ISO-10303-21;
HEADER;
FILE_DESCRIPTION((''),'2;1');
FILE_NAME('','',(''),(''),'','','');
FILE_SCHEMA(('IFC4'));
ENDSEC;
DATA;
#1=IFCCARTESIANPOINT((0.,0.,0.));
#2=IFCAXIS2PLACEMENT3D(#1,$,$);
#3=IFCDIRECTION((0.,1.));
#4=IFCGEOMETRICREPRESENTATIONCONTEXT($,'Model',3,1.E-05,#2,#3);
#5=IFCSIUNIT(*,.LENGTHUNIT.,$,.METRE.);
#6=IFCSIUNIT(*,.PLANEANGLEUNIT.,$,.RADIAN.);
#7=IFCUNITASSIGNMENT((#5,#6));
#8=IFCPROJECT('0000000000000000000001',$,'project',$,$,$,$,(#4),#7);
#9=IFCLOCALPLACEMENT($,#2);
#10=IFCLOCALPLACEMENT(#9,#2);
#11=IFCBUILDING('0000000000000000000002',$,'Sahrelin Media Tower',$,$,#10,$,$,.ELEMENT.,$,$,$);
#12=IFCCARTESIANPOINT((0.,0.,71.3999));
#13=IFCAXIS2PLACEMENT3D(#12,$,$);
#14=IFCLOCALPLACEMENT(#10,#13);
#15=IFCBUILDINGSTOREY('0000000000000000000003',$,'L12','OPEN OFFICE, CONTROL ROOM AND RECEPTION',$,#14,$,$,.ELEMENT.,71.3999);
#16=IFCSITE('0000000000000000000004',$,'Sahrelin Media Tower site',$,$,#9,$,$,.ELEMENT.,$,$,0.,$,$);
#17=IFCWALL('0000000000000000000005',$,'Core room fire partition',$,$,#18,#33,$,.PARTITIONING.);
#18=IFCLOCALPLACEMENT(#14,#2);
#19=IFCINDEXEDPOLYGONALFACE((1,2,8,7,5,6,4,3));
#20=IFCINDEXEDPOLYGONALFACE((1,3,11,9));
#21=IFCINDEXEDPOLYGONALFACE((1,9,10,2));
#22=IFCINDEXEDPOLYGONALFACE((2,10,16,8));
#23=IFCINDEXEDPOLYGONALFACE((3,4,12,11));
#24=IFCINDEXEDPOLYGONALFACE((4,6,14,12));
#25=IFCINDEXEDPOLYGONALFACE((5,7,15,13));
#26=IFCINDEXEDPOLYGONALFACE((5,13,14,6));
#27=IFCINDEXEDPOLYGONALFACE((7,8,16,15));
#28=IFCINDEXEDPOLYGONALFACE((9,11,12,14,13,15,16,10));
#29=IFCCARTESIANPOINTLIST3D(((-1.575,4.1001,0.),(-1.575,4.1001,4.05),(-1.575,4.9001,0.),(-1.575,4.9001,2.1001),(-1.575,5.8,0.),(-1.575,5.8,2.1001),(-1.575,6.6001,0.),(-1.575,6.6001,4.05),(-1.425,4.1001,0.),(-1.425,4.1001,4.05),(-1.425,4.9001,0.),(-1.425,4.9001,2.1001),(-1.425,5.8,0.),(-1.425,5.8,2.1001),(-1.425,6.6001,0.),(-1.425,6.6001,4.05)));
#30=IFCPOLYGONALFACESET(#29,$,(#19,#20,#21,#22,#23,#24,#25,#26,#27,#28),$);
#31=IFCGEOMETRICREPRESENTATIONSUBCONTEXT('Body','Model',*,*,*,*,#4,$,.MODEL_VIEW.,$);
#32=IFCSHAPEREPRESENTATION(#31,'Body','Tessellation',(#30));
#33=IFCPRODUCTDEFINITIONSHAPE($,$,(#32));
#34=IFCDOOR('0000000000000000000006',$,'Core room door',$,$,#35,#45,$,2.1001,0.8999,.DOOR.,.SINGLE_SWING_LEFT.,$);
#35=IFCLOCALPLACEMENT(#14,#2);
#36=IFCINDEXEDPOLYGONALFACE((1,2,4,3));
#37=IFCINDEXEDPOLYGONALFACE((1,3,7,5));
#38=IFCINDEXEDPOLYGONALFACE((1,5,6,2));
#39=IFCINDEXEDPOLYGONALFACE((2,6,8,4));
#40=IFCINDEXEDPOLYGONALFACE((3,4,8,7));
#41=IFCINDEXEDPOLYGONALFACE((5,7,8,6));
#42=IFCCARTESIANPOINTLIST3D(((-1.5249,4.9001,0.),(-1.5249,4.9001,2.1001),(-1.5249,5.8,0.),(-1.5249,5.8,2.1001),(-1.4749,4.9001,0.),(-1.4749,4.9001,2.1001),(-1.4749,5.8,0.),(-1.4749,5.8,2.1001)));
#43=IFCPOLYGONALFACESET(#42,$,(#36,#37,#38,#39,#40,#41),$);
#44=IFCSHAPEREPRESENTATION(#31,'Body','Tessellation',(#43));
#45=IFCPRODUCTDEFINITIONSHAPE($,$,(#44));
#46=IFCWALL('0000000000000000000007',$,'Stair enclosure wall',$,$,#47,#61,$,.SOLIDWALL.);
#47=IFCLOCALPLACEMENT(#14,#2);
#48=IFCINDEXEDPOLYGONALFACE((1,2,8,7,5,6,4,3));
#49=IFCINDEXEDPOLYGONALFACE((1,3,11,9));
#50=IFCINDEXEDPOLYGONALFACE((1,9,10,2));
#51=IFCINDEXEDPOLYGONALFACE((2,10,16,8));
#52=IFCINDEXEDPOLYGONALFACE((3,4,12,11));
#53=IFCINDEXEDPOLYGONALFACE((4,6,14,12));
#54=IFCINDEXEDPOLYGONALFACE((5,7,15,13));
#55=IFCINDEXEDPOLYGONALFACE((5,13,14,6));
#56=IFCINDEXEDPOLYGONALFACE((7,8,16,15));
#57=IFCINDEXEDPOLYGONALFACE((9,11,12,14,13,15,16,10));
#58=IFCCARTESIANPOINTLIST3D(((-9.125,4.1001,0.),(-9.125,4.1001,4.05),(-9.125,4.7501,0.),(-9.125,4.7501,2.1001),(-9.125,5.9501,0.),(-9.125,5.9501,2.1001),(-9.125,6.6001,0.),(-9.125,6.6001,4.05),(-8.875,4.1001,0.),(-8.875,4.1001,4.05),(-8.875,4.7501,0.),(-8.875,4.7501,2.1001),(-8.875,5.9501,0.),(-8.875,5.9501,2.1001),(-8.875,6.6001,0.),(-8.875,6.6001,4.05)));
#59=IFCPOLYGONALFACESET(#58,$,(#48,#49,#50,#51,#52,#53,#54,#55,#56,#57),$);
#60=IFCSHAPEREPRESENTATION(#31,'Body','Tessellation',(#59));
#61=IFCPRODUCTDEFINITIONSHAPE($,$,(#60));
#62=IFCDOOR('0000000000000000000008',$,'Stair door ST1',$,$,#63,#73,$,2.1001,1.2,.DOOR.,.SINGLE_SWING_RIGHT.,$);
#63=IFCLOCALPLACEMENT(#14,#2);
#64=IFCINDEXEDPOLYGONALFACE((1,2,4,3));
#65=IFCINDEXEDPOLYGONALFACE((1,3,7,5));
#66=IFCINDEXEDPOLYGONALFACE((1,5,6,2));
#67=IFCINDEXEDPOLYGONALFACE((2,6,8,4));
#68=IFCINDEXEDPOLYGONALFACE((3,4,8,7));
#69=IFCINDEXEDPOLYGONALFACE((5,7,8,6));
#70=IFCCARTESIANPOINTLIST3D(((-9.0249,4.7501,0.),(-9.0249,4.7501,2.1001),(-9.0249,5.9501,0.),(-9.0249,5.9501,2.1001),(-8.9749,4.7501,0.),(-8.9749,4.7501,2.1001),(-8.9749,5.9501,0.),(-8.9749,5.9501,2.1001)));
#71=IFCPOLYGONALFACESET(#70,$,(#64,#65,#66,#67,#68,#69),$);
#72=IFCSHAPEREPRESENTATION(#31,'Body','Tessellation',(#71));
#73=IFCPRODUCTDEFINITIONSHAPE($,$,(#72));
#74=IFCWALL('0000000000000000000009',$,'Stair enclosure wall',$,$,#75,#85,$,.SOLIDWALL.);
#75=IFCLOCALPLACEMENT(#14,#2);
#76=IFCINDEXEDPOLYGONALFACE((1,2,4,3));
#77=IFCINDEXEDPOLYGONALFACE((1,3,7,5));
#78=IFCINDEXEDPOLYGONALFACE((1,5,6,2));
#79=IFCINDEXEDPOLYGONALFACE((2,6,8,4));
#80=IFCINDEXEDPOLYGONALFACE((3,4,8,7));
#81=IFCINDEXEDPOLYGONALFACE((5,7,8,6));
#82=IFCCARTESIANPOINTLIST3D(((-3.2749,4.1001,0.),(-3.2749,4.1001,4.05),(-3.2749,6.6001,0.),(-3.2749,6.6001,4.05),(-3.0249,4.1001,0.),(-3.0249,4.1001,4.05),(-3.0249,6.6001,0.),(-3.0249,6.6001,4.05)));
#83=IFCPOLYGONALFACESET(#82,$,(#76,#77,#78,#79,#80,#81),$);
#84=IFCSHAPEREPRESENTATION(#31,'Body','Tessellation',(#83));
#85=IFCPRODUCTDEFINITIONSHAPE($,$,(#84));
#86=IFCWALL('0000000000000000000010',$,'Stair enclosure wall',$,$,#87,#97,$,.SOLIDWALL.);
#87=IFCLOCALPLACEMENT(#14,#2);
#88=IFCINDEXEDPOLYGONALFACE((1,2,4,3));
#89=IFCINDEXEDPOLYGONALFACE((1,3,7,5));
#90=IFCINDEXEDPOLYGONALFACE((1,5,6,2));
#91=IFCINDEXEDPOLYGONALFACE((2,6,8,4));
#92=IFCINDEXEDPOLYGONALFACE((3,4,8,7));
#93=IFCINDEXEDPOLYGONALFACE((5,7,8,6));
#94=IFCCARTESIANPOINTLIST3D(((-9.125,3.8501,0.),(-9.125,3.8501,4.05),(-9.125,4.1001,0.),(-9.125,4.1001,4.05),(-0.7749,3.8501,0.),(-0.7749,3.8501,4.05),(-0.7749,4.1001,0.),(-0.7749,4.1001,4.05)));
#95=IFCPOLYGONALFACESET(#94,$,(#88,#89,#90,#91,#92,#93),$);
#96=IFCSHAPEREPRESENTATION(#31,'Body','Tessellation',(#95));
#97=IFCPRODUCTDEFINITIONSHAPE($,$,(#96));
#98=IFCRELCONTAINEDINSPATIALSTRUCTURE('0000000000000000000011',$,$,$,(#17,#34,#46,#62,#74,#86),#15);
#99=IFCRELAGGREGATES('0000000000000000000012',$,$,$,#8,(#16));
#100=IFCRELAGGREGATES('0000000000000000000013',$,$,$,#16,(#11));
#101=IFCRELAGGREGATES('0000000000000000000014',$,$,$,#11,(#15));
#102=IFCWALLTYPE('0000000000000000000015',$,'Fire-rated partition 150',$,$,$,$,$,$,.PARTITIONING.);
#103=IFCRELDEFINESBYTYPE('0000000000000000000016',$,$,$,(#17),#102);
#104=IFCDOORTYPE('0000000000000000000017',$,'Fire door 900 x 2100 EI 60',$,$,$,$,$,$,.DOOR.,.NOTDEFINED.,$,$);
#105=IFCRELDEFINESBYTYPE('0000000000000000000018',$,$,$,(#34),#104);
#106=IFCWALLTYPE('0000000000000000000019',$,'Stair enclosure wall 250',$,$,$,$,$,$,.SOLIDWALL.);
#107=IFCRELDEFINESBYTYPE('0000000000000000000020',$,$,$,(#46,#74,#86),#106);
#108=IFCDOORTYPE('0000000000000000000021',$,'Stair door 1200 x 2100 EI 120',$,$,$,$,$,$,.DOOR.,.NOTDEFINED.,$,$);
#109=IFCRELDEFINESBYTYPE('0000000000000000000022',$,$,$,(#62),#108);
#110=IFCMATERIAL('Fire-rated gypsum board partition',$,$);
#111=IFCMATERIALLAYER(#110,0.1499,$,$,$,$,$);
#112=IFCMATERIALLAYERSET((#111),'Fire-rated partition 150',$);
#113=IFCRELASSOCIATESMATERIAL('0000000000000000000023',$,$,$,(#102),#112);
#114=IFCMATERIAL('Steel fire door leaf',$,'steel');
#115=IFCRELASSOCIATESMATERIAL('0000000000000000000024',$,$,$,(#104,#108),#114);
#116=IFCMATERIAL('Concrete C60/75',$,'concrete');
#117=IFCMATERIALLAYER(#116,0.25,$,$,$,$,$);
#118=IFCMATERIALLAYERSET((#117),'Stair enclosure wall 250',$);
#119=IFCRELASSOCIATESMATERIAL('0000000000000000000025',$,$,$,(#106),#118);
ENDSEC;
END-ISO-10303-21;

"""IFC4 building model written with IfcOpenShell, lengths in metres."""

from ifc_helpers import new_model, si_unit, direction, frame, frame_2d, origin, place, context, subcontext, project, spatial, rectangle, extrude, material, layer, layer_set, type_object, element, fill, save


model = new_model("IFC4")

# Units and contexts
model_context = context("Model", 3, precision=1e-05, world=origin(), true_north=direction((0.0, 1.0)))
body_context = subcontext(model_context, "Body", "Model", "MODEL_VIEW")
ifc_project = project(units=[si_unit("LENGTHUNIT", "METRE"), si_unit("PLANEANGLEUNIT", "RADIAN")], contexts=[model_context])

# Site, building, storey
site_placement = place(None, origin())
site = spatial("IfcSite", under=ifc_project, at=site_placement, Name="Sahrelin Media Tower site", CompositionType="ELEMENT", RefElevation=0.0)
building_placement = place(site_placement, origin())
building = spatial("IfcBuilding", under=site, at=building_placement, Name="Sahrelin Media Tower", CompositionType="ELEMENT")
storey_placement = place(building_placement, frame((0.0, 0.0, 71.3999)))
storey = spatial("IfcBuildingStorey", under=building, at=storey_placement, Name="L12", Description="OPEN OFFICE, CONTROL ROOM AND RECEPTION", CompositionType="ELEMENT", Elevation=71.3999)

# Shared definitions
ifc_material_1 = material(Name="Concrete C60/75", Category="concrete")

# Shared definitions
ifc_material_2 = material(Name="Fire-rated gypsum board partition")
ifc_material_3 = material(Name="Steel fire door leaf", Category="steel")

# Walls, openings, doors
ifc_layer_1 = layer(ifc_material_2, 0.1499)
ifc_layer_set_1 = layer_set([ifc_layer_1], Name="Fire-rated partition 150")
wall_type_1 = type_object("IfcWallType", Name="Fire-rated partition 150", PredefinedType="PARTITIONING", material=ifc_layer_set_1)
wall_1_placement = place(storey_placement, frame((-1.5, 4.1001, 0.0), z_axis=(0.0, 0.0, 1.0), x_axis=(0.0, 1.0, 0.0)))
wall_1 = element("IfcWall", 1, at=wall_1_placement, inside=storey, type_object=wall_type_1, Name="Core room fire partition", PredefinedType="PARTITIONING", context=body_context, shape_type="SweptSolid", body=[
    extrude(rectangle(XDim=2.5, YDim=0.1499, at=frame_2d((1.25, 0.0))), origin(), (0.0, 0.0, 1.0), 4.05),
])
opening_1_placement = place(wall_1_placement, frame((0.8, 0.0, 0.0)))
opening_1 = element("IfcOpeningElement", 2, at=opening_1_placement, cuts=wall_1, PredefinedType="OPENING", context=body_context, shape_type="SweptSolid", body=[
    extrude(rectangle(XDim=0.8999, YDim=2.1001, at=frame_2d((0.45, 1.05))), frame((0.0, 0.075, 0.0), z_axis=(0.0, -1.0, 0.0), x_axis=(1.0, 0.0, 0.0)), (0.0, 0.0, 1.0), 0.1499),
])
door_type_1 = type_object("IfcDoorType", Name="Fire door 900 x 2100 EI 60", OperationType="NOTDEFINED", PredefinedType="DOOR", material=ifc_material_3)
door_1_placement = place(opening_1_placement, origin())
door_1 = element("IfcDoor", 3, at=door_1_placement, inside=storey, type_object=door_type_1, Name="Core room door", OperationType="SINGLE_SWING_LEFT", OverallHeight=2.1001, OverallWidth=0.8999, PredefinedType="DOOR", context=body_context, shape_type="SweptSolid", body=[
    extrude(rectangle(XDim=0.8999, YDim=2.1001, at=frame_2d((0.45, 1.05))), frame((0.0, 0.0249, 0.0), z_axis=(0.0, -1.0, 0.0), x_axis=(1.0, 0.0, 0.0)), (0.0, 0.0, 1.0), 0.05),
])
fill(opening_1, door_1)
ifc_layer_2 = layer(ifc_material_1, 0.25)
ifc_layer_set_2 = layer_set([ifc_layer_2], Name="Stair enclosure wall 250")
wall_type_2 = type_object("IfcWallType", Name="Stair enclosure wall 250", PredefinedType="SOLIDWALL", material=ifc_layer_set_2)
wall_2_placement = place(storey_placement, frame((-9.0, 4.1001, 0.0), z_axis=(0.0, 0.0, 1.0), x_axis=(0.0, 1.0, 0.0)))
wall_2 = element("IfcWall", 4, at=wall_2_placement, inside=storey, type_object=wall_type_2, Name="Stair enclosure wall", PredefinedType="SOLIDWALL", context=body_context, shape_type="SweptSolid", body=[
    extrude(rectangle(XDim=2.5, YDim=0.25, at=frame_2d((1.25, 0.0))), origin(), (0.0, 0.0, 1.0), 4.05),
])
opening_2_placement = place(wall_2_placement, frame((0.6499, 0.0, 0.0)))
opening_2 = element("IfcOpeningElement", 5, at=opening_2_placement, cuts=wall_2, PredefinedType="OPENING", context=body_context, shape_type="SweptSolid", body=[
    extrude(rectangle(XDim=1.2, YDim=2.1001, at=frame_2d((0.6001, 1.05))), frame((0.0, 0.125, 0.0), z_axis=(0.0, -1.0, 0.0), x_axis=(1.0, 0.0, 0.0)), (0.0, 0.0, 1.0), 0.25),
])
door_type_2 = type_object("IfcDoorType", Name="Stair door 1200 x 2100 EI 120", OperationType="NOTDEFINED", PredefinedType="DOOR", material=ifc_material_3)
door_2_placement = place(opening_2_placement, origin())
door_2 = element("IfcDoor", 6, at=door_2_placement, inside=storey, type_object=door_type_2, Name="Stair door ST1", OperationType="SINGLE_SWING_RIGHT", OverallHeight=2.1001, OverallWidth=1.2, PredefinedType="DOOR", context=body_context, shape_type="SweptSolid", body=[
    extrude(rectangle(XDim=1.2, YDim=2.1001, at=frame_2d((0.6001, 1.05))), frame((0.0, 0.0249, 0.0), z_axis=(0.0, -1.0, 0.0), x_axis=(1.0, 0.0, 0.0)), (0.0, 0.0, 1.0), 0.05),
])
fill(opening_2, door_2)

# Walls
wall_3_placement = place(storey_placement, frame((-3.1499, 4.1001, 0.0), z_axis=(0.0, 0.0, 1.0), x_axis=(0.0, 1.0, 0.0)))
element("IfcWall", 7, at=wall_3_placement, inside=storey, type_object=wall_type_2, Name="Stair enclosure wall", PredefinedType="SOLIDWALL", context=body_context, shape_type="SweptSolid", body=[
    extrude(rectangle(XDim=2.5, YDim=0.25, at=frame_2d((1.25, 0.0))), origin(), (0.0, 0.0, 1.0), 4.05),
])
wall_4_placement = place(storey_placement, frame((-9.125, 3.9751, 0.0), z_axis=(0.0, 0.0, 1.0), x_axis=(1.0, 0.0, 0.0)))
element("IfcWall", 8, at=wall_4_placement, inside=storey, type_object=wall_type_2, Name="Stair enclosure wall", PredefinedType="SOLIDWALL", context=body_context, shape_type="SweptSolid", body=[
    extrude(rectangle(XDim=8.3501, YDim=0.25, at=frame_2d((4.175, 0.0))), origin(), (0.0, 0.0, 1.0), 4.05),
])

save(model, "model.ifc")
